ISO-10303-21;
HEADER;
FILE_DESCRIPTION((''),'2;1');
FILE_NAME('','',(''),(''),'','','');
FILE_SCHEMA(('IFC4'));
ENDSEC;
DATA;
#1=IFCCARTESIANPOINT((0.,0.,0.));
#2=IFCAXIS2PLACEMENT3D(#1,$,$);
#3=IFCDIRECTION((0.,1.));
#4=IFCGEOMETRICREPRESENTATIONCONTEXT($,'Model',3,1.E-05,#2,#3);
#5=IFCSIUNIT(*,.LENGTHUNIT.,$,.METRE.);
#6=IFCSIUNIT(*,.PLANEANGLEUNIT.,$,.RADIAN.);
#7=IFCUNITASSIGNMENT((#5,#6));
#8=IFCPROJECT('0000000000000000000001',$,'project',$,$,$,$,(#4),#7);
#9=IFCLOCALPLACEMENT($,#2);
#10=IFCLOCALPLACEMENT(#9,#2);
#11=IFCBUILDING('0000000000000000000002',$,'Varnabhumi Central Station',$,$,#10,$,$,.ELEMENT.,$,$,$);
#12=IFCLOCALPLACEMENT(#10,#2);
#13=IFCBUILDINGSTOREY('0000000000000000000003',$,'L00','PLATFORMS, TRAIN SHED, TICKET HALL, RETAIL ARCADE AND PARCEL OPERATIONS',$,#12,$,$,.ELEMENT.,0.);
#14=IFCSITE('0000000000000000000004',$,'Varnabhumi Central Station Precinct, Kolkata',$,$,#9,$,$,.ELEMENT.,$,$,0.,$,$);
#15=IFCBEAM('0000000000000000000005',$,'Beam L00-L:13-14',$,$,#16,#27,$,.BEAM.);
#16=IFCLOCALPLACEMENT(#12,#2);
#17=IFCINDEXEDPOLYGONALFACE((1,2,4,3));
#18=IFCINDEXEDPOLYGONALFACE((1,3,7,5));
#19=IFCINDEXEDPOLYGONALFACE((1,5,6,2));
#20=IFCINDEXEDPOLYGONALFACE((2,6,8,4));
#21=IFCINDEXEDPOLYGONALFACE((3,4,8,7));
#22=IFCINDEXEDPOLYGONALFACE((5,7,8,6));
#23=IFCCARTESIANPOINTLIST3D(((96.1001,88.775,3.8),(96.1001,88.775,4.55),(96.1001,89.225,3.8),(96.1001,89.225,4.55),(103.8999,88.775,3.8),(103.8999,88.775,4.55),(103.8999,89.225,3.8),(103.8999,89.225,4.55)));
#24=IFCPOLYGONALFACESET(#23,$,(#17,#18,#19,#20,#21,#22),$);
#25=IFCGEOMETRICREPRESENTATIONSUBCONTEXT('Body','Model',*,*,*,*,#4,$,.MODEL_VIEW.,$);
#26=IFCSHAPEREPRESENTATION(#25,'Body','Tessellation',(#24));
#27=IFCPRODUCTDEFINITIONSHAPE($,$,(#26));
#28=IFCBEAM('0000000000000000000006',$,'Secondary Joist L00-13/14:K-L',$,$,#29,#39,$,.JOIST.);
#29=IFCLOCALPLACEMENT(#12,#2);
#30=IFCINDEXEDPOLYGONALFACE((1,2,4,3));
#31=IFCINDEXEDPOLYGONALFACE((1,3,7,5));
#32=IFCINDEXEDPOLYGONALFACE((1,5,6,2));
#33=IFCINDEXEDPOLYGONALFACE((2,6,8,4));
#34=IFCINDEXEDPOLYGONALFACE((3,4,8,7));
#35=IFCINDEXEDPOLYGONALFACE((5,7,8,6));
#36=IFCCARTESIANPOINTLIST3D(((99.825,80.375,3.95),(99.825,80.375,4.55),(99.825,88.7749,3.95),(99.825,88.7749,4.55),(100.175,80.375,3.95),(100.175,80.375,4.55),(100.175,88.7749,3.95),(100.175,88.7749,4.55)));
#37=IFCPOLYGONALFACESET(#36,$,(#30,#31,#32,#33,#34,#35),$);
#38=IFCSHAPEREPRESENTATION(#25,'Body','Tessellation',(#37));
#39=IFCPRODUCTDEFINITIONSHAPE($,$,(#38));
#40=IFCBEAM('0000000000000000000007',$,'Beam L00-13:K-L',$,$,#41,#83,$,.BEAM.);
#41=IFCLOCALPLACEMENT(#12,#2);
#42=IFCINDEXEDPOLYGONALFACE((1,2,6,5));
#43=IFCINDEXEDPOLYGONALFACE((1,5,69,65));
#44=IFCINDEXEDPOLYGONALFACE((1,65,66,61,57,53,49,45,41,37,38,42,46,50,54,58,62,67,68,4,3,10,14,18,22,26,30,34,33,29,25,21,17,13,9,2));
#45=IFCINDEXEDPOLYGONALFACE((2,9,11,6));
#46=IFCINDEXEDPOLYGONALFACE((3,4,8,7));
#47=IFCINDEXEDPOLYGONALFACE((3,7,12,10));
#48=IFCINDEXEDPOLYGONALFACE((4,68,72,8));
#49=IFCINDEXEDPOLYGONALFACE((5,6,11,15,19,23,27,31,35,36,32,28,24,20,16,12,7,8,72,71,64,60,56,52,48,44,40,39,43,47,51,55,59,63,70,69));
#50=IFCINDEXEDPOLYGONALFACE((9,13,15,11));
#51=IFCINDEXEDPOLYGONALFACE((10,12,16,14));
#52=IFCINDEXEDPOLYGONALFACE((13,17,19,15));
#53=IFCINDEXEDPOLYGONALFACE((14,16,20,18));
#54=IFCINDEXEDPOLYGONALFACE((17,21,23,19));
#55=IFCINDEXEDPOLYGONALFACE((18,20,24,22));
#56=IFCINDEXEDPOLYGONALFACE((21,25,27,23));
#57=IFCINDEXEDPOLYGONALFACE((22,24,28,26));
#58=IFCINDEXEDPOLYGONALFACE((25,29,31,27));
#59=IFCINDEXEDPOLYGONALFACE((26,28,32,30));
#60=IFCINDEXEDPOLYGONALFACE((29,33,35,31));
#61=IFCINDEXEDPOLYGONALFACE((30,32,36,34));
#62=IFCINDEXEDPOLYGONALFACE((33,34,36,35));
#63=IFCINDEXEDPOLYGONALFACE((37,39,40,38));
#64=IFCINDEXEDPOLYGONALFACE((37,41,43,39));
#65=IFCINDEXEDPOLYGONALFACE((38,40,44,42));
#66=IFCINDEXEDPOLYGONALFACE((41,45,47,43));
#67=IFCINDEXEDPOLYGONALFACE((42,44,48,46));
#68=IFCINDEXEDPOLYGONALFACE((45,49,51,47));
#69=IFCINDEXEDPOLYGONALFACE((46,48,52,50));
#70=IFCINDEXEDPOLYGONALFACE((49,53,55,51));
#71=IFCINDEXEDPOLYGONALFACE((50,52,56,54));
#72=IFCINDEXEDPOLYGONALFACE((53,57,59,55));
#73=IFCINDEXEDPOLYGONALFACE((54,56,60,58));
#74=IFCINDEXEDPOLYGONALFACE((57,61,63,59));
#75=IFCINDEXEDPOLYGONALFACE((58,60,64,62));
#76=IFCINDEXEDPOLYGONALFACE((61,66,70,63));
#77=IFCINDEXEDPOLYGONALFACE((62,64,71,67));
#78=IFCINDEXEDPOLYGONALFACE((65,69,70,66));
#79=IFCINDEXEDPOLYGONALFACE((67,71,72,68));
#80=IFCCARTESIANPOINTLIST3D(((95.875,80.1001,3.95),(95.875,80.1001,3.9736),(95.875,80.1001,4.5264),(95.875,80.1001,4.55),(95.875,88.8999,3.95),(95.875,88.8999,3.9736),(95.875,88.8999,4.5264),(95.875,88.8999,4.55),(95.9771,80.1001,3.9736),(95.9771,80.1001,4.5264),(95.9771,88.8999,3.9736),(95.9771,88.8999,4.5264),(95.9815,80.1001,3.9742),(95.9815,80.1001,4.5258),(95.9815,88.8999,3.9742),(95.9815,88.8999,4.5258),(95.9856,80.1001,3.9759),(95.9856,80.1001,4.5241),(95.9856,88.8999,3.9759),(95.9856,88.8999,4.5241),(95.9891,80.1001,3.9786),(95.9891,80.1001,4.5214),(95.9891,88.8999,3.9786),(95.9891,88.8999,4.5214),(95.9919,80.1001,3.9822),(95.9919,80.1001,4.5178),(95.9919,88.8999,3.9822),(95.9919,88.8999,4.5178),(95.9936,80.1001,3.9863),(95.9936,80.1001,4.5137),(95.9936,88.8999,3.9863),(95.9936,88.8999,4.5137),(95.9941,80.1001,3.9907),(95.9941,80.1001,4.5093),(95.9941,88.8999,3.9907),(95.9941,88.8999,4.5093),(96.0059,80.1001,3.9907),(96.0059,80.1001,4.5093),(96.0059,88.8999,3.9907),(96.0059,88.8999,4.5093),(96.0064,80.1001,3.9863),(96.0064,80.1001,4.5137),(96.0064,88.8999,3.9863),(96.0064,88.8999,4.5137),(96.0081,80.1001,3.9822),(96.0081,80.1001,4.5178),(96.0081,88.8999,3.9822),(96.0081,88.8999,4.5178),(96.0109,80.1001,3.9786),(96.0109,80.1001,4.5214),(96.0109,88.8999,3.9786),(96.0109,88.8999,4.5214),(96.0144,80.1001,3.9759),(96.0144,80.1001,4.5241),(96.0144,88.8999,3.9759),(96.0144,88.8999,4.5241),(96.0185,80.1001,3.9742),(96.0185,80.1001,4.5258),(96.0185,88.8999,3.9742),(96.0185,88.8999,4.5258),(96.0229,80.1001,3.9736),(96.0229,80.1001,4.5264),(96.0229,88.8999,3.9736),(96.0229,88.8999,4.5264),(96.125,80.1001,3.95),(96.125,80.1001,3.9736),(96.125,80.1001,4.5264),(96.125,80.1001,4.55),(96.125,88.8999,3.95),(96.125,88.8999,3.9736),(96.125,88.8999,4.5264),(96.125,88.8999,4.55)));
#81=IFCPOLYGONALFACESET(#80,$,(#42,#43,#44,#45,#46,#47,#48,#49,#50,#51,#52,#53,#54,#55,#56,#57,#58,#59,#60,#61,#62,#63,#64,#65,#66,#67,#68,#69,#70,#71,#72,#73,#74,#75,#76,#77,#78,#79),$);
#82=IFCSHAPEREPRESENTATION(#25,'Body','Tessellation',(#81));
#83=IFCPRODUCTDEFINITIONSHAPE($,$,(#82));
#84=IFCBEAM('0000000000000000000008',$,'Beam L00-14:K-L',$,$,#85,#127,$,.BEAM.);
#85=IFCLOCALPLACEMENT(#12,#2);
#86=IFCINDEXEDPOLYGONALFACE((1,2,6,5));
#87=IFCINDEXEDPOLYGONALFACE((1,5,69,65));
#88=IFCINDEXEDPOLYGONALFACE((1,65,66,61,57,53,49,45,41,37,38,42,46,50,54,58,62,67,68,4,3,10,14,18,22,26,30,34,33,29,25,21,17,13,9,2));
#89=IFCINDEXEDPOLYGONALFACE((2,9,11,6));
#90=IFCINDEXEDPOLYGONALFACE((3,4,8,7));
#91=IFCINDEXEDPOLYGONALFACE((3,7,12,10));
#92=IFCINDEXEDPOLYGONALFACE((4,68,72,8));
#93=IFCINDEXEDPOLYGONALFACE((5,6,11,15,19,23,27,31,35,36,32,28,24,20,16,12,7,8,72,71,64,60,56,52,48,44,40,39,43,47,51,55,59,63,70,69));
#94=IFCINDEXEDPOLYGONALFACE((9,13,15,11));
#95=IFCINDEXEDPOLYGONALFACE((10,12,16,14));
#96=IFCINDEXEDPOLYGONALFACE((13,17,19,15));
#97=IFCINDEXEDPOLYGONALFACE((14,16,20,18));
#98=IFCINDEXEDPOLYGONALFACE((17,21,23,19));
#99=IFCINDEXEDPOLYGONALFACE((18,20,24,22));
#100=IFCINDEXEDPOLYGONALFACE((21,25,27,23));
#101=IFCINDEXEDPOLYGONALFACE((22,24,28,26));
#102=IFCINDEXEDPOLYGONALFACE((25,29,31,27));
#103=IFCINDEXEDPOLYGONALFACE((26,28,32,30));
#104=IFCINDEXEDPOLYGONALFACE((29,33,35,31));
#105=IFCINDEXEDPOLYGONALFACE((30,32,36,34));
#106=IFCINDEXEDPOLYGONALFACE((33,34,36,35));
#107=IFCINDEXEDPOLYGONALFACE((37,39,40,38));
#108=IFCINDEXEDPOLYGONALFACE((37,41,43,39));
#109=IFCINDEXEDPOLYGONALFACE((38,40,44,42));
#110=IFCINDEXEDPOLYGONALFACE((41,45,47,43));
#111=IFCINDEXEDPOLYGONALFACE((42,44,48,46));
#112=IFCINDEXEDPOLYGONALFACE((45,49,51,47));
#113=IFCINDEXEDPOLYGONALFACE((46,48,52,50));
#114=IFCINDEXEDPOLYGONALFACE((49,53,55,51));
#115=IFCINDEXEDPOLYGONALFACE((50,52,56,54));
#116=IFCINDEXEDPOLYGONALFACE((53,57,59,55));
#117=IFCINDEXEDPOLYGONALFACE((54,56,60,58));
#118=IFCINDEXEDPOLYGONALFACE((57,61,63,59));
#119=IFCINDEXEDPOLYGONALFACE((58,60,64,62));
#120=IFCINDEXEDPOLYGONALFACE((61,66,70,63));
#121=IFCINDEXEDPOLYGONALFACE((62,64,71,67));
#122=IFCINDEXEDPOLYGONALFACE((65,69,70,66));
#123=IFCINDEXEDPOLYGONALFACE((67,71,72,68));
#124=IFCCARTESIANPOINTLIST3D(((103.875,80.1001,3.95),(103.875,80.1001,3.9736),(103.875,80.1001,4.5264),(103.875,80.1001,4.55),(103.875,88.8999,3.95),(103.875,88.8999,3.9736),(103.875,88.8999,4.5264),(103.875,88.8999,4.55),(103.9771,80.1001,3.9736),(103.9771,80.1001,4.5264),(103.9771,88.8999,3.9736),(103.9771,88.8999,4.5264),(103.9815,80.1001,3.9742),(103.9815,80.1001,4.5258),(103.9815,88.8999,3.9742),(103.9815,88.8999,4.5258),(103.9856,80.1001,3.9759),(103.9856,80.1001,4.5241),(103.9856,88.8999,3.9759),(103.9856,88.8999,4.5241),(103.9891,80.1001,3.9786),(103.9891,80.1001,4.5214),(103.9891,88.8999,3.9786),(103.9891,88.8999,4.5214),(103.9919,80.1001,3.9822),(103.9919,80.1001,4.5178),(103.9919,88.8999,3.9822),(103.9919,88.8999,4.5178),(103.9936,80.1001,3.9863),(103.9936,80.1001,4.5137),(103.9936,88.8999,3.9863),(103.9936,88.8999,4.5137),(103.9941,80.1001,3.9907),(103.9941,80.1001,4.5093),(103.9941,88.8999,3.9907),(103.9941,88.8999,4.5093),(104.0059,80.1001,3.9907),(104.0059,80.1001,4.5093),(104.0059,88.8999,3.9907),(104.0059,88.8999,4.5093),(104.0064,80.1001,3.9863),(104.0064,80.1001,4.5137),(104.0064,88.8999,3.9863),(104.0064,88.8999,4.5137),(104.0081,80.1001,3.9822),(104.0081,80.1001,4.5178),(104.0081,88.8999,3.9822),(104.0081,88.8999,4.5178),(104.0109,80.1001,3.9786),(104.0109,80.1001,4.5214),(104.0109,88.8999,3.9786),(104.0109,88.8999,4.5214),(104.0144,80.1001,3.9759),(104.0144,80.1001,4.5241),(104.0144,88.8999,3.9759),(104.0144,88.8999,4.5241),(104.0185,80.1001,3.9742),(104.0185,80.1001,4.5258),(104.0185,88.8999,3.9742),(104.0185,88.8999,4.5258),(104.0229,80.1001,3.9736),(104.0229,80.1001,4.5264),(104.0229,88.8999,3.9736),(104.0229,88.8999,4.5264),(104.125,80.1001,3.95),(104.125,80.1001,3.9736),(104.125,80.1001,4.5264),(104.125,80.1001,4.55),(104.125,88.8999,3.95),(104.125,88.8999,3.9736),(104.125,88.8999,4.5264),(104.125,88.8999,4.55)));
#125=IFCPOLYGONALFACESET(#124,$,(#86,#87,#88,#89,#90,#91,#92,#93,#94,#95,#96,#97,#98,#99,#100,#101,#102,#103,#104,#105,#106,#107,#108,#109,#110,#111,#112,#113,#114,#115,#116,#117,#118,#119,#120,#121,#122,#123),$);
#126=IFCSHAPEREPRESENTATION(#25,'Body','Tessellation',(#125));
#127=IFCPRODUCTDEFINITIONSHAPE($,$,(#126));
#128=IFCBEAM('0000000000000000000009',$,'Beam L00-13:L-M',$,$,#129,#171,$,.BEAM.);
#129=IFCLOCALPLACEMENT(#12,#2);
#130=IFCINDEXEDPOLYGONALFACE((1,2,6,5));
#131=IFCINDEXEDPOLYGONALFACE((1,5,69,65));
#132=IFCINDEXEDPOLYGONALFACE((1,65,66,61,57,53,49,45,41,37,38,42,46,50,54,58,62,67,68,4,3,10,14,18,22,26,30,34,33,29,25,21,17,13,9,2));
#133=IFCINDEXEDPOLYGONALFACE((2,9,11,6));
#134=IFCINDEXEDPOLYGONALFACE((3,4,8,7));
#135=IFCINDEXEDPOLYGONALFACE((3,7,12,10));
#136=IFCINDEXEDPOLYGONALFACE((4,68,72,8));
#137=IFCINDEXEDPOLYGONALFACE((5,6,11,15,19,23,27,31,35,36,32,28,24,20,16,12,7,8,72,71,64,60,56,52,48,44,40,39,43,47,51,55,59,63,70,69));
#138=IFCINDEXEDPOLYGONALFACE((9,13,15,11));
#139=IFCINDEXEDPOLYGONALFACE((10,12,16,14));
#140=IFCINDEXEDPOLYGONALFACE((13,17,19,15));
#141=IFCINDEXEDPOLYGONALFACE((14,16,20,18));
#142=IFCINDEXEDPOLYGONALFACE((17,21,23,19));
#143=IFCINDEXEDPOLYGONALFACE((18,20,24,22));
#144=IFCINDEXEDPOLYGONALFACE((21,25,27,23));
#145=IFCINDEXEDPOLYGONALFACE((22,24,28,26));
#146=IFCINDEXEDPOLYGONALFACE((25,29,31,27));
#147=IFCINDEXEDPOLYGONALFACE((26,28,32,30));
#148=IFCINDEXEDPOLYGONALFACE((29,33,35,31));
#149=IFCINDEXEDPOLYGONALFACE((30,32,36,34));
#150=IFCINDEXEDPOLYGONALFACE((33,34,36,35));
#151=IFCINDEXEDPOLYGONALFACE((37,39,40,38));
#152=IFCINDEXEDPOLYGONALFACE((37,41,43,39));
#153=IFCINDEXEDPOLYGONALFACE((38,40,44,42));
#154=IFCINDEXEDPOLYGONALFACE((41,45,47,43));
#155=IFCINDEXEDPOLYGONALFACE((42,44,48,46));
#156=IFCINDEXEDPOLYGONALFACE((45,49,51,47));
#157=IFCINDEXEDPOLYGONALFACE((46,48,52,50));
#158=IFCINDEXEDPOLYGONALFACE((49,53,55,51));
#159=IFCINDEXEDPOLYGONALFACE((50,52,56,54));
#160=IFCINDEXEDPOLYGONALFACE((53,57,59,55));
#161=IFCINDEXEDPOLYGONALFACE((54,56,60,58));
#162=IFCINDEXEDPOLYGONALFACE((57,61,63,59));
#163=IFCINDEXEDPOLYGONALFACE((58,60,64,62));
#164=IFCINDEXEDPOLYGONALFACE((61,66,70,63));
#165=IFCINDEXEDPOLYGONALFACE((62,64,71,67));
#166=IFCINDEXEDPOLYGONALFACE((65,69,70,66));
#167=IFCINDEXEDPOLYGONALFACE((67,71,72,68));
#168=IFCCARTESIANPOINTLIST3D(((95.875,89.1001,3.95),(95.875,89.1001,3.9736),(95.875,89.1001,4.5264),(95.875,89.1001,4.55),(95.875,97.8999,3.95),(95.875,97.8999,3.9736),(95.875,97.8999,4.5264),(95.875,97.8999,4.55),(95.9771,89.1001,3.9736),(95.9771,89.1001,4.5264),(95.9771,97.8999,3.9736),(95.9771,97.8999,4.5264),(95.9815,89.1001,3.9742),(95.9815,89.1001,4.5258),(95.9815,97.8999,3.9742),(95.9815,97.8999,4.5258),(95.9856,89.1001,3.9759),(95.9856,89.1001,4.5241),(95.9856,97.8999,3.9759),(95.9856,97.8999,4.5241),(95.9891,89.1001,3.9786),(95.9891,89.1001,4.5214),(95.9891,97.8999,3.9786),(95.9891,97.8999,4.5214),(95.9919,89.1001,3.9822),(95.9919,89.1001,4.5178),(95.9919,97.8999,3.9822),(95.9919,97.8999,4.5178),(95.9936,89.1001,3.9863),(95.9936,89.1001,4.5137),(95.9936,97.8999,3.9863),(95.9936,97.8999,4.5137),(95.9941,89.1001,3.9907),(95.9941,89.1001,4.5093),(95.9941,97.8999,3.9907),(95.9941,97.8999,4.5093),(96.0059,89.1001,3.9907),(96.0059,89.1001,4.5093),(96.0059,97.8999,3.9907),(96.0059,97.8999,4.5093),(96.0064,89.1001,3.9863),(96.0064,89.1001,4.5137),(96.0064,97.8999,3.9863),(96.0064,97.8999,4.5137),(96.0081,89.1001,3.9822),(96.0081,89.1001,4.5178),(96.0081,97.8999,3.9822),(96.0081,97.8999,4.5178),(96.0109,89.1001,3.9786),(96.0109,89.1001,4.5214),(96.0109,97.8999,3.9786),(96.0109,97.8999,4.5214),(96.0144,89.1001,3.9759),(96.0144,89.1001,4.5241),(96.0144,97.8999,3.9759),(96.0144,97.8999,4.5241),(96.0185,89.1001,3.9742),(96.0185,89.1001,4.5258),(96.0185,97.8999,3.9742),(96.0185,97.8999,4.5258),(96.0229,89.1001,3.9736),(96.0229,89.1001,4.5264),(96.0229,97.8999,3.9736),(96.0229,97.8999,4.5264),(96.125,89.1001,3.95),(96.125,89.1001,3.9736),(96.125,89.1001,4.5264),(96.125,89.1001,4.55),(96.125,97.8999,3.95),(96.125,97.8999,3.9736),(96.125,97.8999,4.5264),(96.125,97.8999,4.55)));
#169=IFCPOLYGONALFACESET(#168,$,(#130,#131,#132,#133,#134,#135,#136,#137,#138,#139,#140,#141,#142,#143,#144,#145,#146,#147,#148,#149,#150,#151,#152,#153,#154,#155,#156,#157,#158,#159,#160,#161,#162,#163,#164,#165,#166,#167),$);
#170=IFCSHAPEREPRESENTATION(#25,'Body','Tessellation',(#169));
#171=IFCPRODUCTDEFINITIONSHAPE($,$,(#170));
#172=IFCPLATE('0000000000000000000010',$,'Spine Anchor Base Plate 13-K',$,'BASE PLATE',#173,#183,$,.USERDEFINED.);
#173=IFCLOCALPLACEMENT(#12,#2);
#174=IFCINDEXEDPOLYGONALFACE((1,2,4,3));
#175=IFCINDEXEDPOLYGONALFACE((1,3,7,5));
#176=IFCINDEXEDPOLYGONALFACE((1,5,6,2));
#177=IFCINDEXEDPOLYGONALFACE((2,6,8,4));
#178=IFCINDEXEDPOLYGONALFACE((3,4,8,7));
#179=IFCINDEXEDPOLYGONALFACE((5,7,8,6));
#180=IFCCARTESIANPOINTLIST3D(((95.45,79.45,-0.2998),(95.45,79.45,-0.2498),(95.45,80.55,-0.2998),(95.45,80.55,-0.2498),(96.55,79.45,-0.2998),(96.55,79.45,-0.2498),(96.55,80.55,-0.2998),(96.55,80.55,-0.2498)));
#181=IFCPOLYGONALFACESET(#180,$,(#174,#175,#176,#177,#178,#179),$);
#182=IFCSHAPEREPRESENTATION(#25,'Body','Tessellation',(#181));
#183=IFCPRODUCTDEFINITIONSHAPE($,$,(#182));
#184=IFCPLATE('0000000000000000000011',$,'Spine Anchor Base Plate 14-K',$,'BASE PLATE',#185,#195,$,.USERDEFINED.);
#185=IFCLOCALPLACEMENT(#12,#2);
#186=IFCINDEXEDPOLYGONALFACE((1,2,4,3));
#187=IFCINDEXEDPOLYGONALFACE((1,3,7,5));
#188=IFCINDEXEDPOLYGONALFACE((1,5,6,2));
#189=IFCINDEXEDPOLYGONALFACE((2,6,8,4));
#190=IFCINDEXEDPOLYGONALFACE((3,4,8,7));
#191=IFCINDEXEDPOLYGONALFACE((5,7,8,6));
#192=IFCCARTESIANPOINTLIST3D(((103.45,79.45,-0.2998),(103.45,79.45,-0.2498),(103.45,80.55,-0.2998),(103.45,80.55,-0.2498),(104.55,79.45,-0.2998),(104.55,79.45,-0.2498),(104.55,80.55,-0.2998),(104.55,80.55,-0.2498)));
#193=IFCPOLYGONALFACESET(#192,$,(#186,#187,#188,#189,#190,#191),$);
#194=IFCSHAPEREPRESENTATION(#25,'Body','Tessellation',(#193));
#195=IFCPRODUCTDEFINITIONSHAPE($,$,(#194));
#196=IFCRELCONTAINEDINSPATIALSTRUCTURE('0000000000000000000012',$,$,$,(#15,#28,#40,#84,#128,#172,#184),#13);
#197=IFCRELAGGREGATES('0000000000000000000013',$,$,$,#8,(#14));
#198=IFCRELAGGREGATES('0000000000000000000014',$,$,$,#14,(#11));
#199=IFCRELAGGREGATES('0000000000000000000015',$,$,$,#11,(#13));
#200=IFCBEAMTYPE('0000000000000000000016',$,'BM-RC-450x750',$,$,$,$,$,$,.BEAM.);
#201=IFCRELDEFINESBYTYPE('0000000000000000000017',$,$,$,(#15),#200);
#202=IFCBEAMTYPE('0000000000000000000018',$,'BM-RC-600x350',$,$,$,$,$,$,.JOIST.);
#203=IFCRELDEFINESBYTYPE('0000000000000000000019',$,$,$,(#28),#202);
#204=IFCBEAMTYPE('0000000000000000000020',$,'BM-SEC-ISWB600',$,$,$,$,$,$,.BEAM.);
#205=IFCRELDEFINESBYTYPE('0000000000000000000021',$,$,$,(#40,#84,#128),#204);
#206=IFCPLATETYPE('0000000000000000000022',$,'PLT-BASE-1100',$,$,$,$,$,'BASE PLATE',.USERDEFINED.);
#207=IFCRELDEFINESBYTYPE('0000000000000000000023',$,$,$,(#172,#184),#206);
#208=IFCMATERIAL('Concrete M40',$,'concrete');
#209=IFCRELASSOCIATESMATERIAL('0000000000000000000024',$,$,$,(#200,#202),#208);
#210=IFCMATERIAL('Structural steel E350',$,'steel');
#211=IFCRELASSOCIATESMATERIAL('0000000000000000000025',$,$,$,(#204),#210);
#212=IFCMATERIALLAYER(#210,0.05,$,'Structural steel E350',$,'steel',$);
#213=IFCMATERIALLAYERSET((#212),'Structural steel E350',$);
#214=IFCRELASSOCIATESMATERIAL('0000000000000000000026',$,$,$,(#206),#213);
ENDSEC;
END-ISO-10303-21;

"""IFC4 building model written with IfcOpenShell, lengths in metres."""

from ifc_helpers import new_model, si_unit, direction, frame, origin, origin_2d, place, context, subcontext, project, spatial, rectangle, i_section, extrude, material, layer, layer_set, material_profile, profile_set, type_object, element, save


model = new_model("IFC4")

# Units and contexts
model_context = context("Model", 3, precision=1e-05, world=origin(), true_north=direction((0.0, 1.0)))
body_context = subcontext(model_context, "Body", "Model", "MODEL_VIEW")
ifc_project = project(units=[si_unit("LENGTHUNIT", "METRE"), si_unit("PLANEANGLEUNIT", "RADIAN")], contexts=[model_context])

# Site, building, storey
site_placement = place(None, origin())
site = spatial("IfcSite", under=ifc_project, at=site_placement, Name="Varnabhumi Central Station Precinct, Kolkata", CompositionType="ELEMENT", RefElevation=0.0)
building_placement = place(site_placement, origin())
building = spatial("IfcBuilding", under=site, at=building_placement, Name="Varnabhumi Central Station", CompositionType="ELEMENT")
storey_placement = place(building_placement, origin())
storey = spatial("IfcBuildingStorey", under=building, at=storey_placement, Name="L00", Description="PLATFORMS, TRAIN SHED, TICKET HALL, RETAIL ARCADE AND PARCEL OPERATIONS", CompositionType="ELEMENT", Elevation=0.0)

# Shared definitions
ifc_material_1 = material(Name="Concrete M40", Category="concrete")

# Beams
ifc_material_profile_1 = material_profile(ifc_material_1, rectangle(XDim=0.45, YDim=0.75, at=origin_2d()), Name="Concrete M40", Category="concrete")
ifc_profile_set_1 = profile_set([ifc_material_profile_1], Name="Concrete M40")
beam_type_1 = type_object("IfcBeamType", Name="BM-RC-450x750", PredefinedType="BEAM", material=ifc_profile_set_1)
beam_1_placement = place(storey_placement, frame((96.1001, 89.0, 4.175), z_axis=(1.0, 0.0, 0.0), x_axis=(0.0, 1.0, 0.0)))
element("IfcBeam", 1, at=beam_1_placement, inside=storey, type_object=beam_type_1, Name="Beam L00-L:13-14", PredefinedType="BEAM", context=body_context, shape_type="SweptSolid", body=[
    extrude(rectangle(XDim=0.45, YDim=0.75, at=origin_2d()), origin(), (0.0, 0.0, 1.0), 7.7998),
])
ifc_material_profile_2 = material_profile(ifc_material_1, rectangle(XDim=0.3501, YDim=0.6001, at=origin_2d()), Name="Concrete M40", Category="concrete")
ifc_profile_set_2 = profile_set([ifc_material_profile_2], Name="Concrete M40")
beam_type_2 = type_object("IfcBeamType", Name="BM-RC-600x350", PredefinedType="JOIST", material=ifc_profile_set_2)
beam_2_placement = place(storey_placement, frame((100.0, 80.375, 4.25), z_axis=(0.0, 1.0, 0.0), x_axis=(-1.0, 0.0, 0.0)))
element("IfcBeam", 2, at=beam_2_placement, inside=storey, type_object=beam_type_2, Name="Secondary Joist L00-13/14:K-L", PredefinedType="JOIST", context=body_context, shape_type="SweptSolid", body=[
    extrude(rectangle(XDim=0.3501, YDim=0.6001, at=origin_2d()), origin(), (0.0, 0.0, 1.0), 8.3999),
])
ifc_material_2 = material(Name="Structural steel E350", Category="steel")
ifc_material_profile_3 = material_profile(ifc_material_2, i_section(OverallWidth=0.25, OverallDepth=0.6001, WebThickness=0.0117, FlangeThickness=0.0237, FilletRadius=0.0171, at=origin_2d()), Name="Structural steel E350", Category="steel")
ifc_profile_set_3 = profile_set([ifc_material_profile_3], Name="Structural steel E350")
beam_type_3 = type_object("IfcBeamType", Name="BM-SEC-ISWB600", PredefinedType="BEAM", material=ifc_profile_set_3)
for number, where, z_axis, x_axis, name in (
    (3, (96.0, 80.1001, 4.25), (0.0, 1.0, 0.0), (-1.0, 0.0, 0.0), "Beam L00-13:K-L"),
    (4, (104.0, 80.1001, 4.25), (0.0, 1.0, 0.0), (-1.0, 0.0, 0.0), "Beam L00-14:K-L"),
    (5, (96.0, 89.1001, 4.25), (0.0, 1.0, 0.0), (-1.0, 0.0, 0.0), "Beam L00-13:L-M"),
):
    element("IfcBeam", number, at=place(storey_placement, frame(where, z_axis=z_axis, x_axis=x_axis)), inside=storey, type_object=beam_type_3, Name=name, PredefinedType="BEAM", context=body_context, shape_type="SweptSolid", body=[
        extrude(i_section(OverallWidth=0.25, OverallDepth=0.6001, WebThickness=0.0117, FlangeThickness=0.0237, FilletRadius=0.0171, at=origin_2d()), origin(), (0.0, 0.0, 1.0), 8.7998),
    ])

# Plates
ifc_layer_1 = layer(ifc_material_2, 0.05, Name="Structural steel E350", Category="steel")
ifc_layer_set_1 = layer_set([ifc_layer_1], Name="Structural steel E350")
plate_type = type_object("IfcPlateType", Name="PLT-BASE-1100", ElementType="BASE PLATE", PredefinedType="USERDEFINED", material=ifc_layer_set_1)
for number, where, z_axis, x_axis, name in (
    (6, (96.0, 80.0, -0.2998), (0.0, 0.0, 1.0), (1.0, 0.0, 0.0), "Spine Anchor Base Plate 13-K"),
    (7, (104.0, 80.0, -0.2998), (0.0, 0.0, 1.0), (1.0, 0.0, 0.0), "Spine Anchor Base Plate 14-K"),
):
    element("IfcPlate", number, at=place(storey_placement, frame(where, z_axis=z_axis, x_axis=x_axis)), inside=storey, type_object=plate_type, Name=name, ObjectType="BASE PLATE", PredefinedType="USERDEFINED", context=body_context, shape_type="SweptSolid", body=[
        extrude(rectangle(XDim=1.1001, YDim=1.1001, at=origin_2d()), origin(), (0.0, 0.0, 1.0), 0.05),
    ])

save(model, "model.ifc")
